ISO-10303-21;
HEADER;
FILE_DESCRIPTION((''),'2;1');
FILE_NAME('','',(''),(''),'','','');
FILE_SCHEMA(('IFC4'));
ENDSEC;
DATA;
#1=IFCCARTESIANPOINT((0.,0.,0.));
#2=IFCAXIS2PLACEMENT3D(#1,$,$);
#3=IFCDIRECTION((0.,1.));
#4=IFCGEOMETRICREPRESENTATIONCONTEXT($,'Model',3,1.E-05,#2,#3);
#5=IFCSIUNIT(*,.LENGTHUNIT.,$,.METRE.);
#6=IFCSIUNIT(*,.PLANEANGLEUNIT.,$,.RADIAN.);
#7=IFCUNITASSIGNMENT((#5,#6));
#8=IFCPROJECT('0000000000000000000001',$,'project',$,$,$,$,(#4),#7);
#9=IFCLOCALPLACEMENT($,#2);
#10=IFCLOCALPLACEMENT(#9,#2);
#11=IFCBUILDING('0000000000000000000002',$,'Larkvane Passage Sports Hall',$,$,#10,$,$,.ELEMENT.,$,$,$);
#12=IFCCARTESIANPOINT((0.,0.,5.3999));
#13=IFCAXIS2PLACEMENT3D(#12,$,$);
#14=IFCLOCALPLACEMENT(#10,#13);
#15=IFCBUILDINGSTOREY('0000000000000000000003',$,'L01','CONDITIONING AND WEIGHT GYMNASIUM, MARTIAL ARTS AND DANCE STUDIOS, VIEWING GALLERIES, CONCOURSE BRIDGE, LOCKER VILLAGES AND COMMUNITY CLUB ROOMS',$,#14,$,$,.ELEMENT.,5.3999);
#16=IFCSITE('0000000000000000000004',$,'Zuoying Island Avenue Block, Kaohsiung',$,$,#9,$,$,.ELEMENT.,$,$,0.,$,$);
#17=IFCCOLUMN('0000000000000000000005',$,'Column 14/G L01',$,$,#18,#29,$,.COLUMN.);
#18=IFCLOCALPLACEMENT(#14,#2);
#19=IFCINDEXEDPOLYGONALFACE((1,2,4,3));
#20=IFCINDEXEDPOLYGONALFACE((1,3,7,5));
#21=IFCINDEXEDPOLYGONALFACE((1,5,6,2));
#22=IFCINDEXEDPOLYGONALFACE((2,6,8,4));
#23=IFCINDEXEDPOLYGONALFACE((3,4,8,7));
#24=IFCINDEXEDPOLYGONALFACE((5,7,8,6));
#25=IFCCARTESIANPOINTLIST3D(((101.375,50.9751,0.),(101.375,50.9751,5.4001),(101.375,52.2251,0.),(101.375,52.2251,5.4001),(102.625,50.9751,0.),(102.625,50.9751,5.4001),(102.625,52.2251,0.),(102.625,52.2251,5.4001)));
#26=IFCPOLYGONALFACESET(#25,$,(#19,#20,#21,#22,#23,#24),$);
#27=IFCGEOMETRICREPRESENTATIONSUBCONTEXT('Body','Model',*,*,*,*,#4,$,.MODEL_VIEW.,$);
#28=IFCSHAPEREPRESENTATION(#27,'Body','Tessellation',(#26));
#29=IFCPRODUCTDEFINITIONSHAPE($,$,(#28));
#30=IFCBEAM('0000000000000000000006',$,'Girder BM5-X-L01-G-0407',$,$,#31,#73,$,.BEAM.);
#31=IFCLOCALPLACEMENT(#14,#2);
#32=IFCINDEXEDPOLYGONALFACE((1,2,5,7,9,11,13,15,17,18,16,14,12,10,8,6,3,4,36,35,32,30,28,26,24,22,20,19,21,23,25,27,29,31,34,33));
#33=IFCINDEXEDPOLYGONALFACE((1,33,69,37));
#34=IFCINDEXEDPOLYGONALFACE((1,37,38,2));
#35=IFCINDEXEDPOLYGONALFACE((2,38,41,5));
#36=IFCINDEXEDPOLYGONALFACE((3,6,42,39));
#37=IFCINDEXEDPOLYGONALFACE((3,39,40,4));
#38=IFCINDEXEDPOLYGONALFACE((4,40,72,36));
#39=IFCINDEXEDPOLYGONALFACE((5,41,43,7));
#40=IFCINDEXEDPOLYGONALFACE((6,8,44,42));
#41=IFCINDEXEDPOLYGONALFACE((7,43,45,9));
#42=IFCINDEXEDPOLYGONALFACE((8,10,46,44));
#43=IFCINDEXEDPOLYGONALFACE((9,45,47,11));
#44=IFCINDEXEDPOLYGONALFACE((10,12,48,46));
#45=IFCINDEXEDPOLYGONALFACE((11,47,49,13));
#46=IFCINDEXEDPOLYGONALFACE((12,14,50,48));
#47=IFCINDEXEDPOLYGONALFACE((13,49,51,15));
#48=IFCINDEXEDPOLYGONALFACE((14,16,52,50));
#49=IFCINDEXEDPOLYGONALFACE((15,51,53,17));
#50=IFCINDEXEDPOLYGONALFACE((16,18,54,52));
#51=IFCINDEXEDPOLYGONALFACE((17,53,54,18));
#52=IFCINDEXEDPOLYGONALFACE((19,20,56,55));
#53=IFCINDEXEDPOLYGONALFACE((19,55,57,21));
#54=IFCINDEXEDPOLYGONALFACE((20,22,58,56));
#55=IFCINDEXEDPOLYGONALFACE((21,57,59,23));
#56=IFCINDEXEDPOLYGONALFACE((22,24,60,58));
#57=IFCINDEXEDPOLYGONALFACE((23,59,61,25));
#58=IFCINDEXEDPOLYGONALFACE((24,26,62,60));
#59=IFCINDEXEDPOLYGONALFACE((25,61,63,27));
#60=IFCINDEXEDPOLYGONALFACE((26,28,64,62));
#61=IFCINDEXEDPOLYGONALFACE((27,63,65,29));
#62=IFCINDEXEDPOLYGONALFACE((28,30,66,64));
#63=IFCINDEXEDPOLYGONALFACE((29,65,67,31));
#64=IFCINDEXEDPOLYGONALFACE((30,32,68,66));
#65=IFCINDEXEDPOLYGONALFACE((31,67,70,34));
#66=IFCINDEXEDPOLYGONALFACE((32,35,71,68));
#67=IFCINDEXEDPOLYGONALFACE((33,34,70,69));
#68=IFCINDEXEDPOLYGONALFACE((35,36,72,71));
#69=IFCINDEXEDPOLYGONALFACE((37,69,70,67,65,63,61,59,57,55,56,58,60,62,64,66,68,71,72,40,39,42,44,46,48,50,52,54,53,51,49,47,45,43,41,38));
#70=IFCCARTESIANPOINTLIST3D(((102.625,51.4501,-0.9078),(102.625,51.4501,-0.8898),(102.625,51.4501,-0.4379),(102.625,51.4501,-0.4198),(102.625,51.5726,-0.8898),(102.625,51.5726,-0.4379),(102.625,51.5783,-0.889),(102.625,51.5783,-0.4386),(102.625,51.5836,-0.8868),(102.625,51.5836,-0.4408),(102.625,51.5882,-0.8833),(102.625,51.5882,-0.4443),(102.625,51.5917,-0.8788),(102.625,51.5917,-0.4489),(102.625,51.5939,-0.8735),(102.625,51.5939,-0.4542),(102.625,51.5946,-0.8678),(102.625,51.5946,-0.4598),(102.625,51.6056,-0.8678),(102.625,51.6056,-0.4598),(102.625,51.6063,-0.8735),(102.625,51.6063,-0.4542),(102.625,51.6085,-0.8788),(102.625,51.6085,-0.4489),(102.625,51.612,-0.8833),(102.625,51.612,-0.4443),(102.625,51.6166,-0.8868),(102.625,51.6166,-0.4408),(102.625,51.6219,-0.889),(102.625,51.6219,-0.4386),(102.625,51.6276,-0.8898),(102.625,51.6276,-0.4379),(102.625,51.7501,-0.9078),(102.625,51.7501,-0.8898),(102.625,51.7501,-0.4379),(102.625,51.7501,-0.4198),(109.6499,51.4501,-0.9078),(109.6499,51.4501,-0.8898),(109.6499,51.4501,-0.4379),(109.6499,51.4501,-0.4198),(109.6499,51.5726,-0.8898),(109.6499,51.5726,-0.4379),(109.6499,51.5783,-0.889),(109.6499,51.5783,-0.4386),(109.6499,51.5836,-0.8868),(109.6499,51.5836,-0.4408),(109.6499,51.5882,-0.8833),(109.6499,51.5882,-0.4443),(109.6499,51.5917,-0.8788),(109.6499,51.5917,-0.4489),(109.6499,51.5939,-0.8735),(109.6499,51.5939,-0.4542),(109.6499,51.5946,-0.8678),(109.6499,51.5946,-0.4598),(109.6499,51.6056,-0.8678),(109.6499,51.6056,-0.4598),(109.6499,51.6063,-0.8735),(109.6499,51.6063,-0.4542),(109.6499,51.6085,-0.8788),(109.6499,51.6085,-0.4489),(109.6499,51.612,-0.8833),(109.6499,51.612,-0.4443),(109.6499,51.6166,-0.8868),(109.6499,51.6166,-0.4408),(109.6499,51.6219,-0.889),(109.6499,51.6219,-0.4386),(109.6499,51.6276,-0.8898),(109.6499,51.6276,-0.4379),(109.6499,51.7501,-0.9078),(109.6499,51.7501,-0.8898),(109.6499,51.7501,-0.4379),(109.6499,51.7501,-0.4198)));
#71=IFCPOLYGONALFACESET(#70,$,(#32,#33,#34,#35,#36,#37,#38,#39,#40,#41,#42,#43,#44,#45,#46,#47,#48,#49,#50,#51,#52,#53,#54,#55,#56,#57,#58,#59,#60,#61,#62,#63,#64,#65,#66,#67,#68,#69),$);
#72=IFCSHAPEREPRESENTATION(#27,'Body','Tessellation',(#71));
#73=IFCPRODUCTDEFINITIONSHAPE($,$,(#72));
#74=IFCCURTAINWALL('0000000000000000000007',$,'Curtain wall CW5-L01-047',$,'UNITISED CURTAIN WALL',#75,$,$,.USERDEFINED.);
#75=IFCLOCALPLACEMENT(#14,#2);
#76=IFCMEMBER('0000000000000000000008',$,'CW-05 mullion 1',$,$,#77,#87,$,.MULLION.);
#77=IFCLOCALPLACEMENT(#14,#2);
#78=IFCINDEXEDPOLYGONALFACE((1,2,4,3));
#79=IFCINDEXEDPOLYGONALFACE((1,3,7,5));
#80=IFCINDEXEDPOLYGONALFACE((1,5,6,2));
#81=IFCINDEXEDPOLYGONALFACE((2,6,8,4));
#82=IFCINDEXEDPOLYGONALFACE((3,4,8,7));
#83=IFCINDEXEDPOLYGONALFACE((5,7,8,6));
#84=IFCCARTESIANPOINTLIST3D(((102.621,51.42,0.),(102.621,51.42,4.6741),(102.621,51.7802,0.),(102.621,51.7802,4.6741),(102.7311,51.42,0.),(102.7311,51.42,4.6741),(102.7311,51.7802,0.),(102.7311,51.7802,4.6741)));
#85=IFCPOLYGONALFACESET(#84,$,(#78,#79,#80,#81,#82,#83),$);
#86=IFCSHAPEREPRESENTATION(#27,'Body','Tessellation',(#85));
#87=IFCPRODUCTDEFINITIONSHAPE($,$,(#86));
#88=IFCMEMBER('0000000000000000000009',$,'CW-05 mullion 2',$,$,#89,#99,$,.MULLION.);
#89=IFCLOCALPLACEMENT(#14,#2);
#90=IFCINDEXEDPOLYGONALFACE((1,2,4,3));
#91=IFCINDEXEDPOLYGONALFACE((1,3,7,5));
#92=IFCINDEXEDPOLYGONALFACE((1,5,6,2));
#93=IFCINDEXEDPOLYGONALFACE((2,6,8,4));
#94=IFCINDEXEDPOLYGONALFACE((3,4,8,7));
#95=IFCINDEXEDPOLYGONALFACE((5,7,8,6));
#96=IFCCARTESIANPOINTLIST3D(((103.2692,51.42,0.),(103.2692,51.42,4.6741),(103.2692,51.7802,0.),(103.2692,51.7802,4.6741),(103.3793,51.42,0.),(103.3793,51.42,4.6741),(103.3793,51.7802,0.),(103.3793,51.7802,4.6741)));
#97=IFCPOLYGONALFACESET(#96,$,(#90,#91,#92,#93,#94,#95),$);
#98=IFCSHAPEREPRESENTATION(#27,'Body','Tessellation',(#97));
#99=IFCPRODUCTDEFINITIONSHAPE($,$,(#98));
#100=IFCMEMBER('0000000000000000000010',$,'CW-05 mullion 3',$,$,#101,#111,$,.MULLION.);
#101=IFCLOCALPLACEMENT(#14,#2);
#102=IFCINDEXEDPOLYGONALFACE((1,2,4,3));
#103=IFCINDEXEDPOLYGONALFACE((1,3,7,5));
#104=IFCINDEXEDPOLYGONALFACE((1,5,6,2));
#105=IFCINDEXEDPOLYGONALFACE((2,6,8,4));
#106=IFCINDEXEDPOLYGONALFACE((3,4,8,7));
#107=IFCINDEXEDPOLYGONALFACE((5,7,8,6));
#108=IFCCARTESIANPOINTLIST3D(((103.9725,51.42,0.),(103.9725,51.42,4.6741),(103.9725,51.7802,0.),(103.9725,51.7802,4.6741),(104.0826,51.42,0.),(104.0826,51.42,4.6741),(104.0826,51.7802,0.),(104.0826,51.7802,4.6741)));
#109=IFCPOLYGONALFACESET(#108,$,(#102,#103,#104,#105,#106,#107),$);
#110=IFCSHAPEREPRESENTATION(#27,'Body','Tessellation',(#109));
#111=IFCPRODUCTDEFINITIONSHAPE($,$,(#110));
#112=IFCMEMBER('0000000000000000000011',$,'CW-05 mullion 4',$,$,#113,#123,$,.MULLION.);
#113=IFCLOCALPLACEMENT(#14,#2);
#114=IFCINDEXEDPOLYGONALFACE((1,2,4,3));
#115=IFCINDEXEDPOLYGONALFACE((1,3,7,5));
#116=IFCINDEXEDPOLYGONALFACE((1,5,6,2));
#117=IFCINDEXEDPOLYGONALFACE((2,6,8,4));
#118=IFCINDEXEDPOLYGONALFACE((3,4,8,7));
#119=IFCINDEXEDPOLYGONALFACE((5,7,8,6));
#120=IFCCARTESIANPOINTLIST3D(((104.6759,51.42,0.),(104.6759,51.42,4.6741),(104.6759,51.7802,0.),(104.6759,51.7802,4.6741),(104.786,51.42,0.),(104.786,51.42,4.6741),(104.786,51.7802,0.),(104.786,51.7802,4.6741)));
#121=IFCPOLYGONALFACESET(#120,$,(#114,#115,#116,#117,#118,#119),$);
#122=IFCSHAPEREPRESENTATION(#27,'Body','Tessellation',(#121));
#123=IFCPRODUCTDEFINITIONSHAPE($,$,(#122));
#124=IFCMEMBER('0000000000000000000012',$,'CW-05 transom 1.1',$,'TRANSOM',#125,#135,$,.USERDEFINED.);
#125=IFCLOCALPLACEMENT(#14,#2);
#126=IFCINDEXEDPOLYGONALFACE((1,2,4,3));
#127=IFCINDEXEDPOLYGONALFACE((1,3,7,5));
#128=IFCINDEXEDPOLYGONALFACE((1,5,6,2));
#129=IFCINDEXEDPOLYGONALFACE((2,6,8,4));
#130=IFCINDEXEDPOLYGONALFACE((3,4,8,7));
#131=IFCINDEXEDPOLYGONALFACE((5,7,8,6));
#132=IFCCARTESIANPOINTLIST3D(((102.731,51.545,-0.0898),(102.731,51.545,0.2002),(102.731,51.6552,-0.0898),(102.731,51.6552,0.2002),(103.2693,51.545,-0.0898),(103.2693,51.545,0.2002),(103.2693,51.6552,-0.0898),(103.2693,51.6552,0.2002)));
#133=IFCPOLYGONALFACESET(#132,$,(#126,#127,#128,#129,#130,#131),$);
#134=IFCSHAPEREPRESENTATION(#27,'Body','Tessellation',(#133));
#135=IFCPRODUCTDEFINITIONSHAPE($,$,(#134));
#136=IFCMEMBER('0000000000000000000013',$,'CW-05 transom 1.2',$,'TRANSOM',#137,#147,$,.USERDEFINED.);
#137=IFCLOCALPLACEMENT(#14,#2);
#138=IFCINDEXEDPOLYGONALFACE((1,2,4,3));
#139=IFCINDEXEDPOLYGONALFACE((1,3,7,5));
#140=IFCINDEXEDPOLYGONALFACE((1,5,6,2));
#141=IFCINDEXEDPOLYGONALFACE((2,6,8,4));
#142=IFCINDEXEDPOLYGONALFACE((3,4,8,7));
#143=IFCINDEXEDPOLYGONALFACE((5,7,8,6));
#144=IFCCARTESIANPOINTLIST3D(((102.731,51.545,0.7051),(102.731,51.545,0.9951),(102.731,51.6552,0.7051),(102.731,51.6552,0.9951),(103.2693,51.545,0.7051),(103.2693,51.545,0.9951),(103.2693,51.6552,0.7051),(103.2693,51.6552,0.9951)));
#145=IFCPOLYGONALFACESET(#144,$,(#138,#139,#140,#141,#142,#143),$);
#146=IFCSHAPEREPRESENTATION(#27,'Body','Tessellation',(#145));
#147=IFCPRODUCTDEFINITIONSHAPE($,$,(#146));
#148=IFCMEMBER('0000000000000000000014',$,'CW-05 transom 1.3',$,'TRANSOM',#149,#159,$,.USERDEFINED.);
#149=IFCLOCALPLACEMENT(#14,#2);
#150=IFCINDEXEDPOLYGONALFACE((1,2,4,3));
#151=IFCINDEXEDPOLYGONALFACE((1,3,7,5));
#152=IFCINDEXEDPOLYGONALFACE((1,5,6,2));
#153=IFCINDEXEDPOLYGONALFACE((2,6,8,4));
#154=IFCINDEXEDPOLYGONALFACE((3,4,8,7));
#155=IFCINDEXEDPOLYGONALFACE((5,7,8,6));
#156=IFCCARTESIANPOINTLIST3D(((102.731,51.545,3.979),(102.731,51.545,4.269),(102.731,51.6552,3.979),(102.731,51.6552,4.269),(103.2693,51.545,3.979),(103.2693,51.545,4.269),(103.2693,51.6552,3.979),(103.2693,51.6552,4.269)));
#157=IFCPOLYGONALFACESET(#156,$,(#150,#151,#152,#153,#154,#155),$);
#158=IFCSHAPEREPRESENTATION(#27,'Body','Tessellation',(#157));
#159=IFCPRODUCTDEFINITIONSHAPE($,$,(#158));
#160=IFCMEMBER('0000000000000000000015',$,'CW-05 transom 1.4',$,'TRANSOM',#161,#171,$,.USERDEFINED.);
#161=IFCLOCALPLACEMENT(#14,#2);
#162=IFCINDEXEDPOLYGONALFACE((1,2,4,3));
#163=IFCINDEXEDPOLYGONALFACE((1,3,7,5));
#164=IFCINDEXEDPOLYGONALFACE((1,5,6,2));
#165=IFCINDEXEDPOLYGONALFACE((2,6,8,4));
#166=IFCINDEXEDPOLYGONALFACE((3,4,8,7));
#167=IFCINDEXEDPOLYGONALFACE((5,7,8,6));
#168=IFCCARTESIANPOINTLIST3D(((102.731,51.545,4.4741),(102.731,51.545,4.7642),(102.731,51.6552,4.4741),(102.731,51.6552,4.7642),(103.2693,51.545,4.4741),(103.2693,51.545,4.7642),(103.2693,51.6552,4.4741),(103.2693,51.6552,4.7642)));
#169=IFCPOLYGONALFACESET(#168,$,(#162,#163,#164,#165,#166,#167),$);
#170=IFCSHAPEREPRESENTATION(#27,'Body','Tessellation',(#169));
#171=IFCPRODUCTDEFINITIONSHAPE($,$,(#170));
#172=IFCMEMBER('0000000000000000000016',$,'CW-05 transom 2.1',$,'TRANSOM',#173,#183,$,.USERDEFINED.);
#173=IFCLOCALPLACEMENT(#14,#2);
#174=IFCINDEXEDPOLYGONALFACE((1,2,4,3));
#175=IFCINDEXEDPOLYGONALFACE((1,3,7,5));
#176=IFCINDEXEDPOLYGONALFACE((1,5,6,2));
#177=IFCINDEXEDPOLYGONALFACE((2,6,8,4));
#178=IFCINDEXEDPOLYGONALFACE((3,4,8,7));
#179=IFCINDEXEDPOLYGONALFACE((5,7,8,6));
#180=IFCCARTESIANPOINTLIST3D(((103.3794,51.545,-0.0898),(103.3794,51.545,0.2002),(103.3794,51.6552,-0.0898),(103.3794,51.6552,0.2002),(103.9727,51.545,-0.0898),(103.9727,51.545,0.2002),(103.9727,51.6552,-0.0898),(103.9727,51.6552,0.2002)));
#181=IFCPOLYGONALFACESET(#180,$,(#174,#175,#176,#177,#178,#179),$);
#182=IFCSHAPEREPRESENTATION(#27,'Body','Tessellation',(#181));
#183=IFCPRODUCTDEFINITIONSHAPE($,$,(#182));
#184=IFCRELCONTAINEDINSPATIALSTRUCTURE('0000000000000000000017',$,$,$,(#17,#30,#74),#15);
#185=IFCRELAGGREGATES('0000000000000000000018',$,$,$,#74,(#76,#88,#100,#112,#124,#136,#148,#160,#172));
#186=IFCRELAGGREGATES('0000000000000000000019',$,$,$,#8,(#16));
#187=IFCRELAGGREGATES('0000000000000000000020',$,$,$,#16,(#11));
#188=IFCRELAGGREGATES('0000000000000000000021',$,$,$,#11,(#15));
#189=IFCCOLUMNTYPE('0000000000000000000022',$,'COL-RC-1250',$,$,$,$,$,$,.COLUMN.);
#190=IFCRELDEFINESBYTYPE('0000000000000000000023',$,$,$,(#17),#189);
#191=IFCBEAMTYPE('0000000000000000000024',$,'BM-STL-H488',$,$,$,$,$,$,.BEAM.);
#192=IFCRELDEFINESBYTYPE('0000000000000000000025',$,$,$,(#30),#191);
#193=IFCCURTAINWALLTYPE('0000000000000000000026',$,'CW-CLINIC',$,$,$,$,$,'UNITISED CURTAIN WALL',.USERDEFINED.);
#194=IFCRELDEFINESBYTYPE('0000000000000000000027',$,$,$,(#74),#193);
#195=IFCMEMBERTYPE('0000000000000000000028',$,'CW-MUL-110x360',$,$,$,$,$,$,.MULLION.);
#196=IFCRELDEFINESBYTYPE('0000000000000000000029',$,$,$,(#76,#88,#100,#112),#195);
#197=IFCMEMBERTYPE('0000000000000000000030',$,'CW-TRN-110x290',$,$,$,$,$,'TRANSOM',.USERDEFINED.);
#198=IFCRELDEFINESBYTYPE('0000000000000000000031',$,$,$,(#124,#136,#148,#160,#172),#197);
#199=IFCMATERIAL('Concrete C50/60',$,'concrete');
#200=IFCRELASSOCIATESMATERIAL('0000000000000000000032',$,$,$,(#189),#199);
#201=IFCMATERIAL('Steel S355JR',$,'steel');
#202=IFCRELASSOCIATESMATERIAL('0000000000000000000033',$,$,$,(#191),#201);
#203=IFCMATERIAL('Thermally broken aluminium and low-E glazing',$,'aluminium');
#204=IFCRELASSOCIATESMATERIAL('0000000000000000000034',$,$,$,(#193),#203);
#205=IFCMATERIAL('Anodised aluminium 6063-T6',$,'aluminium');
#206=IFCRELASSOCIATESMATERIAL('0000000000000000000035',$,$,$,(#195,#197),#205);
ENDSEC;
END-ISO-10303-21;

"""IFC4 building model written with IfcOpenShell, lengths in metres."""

from ifc_helpers import new_model, si_unit, direction, frame, origin, origin_2d, place, context, subcontext, project, spatial, rectangle, i_section, extrude, material, material_profile, profile_set, type_object, element, aggregate, save


model = new_model("IFC4")

# Units and contexts
model_context = context("Model", 3, precision=1e-05, world=origin(), true_north=direction((0.0, 1.0)))
body_context = subcontext(model_context, "Body", "Model", "MODEL_VIEW")
ifc_project = project(units=[si_unit("LENGTHUNIT", "METRE"), si_unit("PLANEANGLEUNIT", "RADIAN")], contexts=[model_context])

# Site, building, storey
site_placement = place(None, origin())
site = spatial("IfcSite", under=ifc_project, at=site_placement, Name="Zuoying Island Avenue Block, Kaohsiung", CompositionType="ELEMENT", RefElevation=0.0)
building_placement = place(site_placement, origin())
building = spatial("IfcBuilding", under=site, at=building_placement, Name="Larkvane Passage Sports Hall", CompositionType="ELEMENT")
storey_placement = place(building_placement, frame((0.0, 0.0, 5.3999)))
storey = spatial("IfcBuildingStorey", under=building, at=storey_placement, Name="L01", Description="CONDITIONING AND WEIGHT GYMNASIUM, MARTIAL ARTS AND DANCE STUDIOS, VIEWING GALLERIES, CONCOURSE BRIDGE, LOCKER VILLAGES AND COMMUNITY CLUB ROOMS", CompositionType="ELEMENT", Elevation=5.3999)

# Column
ifc_material_1 = material(Name="Concrete C50/60", Category="concrete")
ifc_material_profile_1 = material_profile(ifc_material_1, rectangle(XDim=1.25, YDim=1.25, at=origin_2d()), Name="RC-COL-1250x1250")
ifc_profile_set_1 = profile_set([ifc_material_profile_1], Name="Concrete C50/60")
column_type = type_object("IfcColumnType", Name="COL-RC-1250", PredefinedType="COLUMN", material=ifc_profile_set_1)
column_placement = place(storey_placement, frame((102.0, 51.6001, 0.0), z_axis=(0.0, 0.0, 1.0), x_axis=(1.0, 0.0, 0.0)))
element("IfcColumn", 1, at=column_placement, inside=storey, type_object=column_type, Name="Column 14/G L01", PredefinedType="COLUMN", context=body_context, shape_type="SweptSolid", body=[
    extrude(rectangle(XDim=1.25, YDim=1.25, at=origin_2d()), origin(), (0.0, 0.0, 1.0), 5.4001),
])

# Beam
ifc_material_2 = material(Name="Steel S355JR", Category="steel")
ifc_material_profile_2 = material_profile(ifc_material_2, i_section(OverallWidth=0.3, OverallDepth=0.488, WebThickness=0.011, FlangeThickness=0.0181, FilletRadius=0.022, at=origin_2d()), Name="H-488x300x11x18")
ifc_profile_set_2 = profile_set([ifc_material_profile_2], Name="Steel S355JR")
beam_type = type_object("IfcBeamType", Name="BM-STL-H488", PredefinedType="BEAM", material=ifc_profile_set_2)
beam_placement = place(storey_placement, frame((102.625, 51.6001, -0.6638), z_axis=(1.0, 0.0, 0.0), x_axis=(0.0, 1.0, 0.0)))
element("IfcBeam", 2, at=beam_placement, inside=storey, type_object=beam_type, Name="Girder BM5-X-L01-G-0407", PredefinedType="BEAM", context=body_context, shape_type="SweptSolid", body=[
    extrude(i_section(OverallWidth=0.3, OverallDepth=0.488, WebThickness=0.011, FlangeThickness=0.0181, FilletRadius=0.022, at=origin_2d()), origin(), (0.0, 0.0, 1.0), 7.0249),
])

# Curtain wall, members
ifc_material_3 = material(Name="Thermally broken aluminium and low-E glazing", Category="aluminium")
curtain_wall_type = type_object("IfcCurtainWallType", Name="CW-CLINIC", ElementType="UNITISED CURTAIN WALL", PredefinedType="USERDEFINED", material=ifc_material_3)
curtain_wall_placement = place(storey_placement, origin())
curtain_wall = element("IfcCurtainWall", 3, at=curtain_wall_placement, inside=storey, type_object=curtain_wall_type, Name="Curtain wall CW5-L01-047", ObjectType="UNITISED CURTAIN WALL", PredefinedType="USERDEFINED")
ifc_material_4 = material(Name="Anodised aluminium 6063-T6", Category="aluminium")
ifc_material_profile_3 = material_profile(ifc_material_4, rectangle(XDim=0.1101, YDim=0.3601, at=origin_2d()), Name="ALU-MUL-110x360")
ifc_profile_set_3 = profile_set([ifc_material_profile_3], Name="Anodised aluminium 6063-T6")
member_type_1 = type_object("IfcMemberType", Name="CW-MUL-110x360", PredefinedType="MULLION", material=ifc_profile_set_3)
member_1_placement = place(storey_placement, frame((102.676, 51.6001, 0.0), z_axis=(0.0, 0.0, 1.0), x_axis=(1.0, 0.0, 0.0)))
member_1 = element("IfcMember", 4, at=member_1_placement, type_object=member_type_1, Name="CW-05 mullion 1", PredefinedType="MULLION", context=body_context, shape_type="SweptSolid", body=[
    extrude(rectangle(XDim=0.1101, YDim=0.3601, at=origin_2d()), origin(), (0.0, 0.0, 1.0), 4.6741),
])
member_2_placement = place(storey_placement, frame((103.3242, 51.6001, 0.0), z_axis=(0.0, 0.0, 1.0), x_axis=(1.0, 0.0, 0.0)))
member_2 = element("IfcMember", 5, at=member_2_placement, type_object=member_type_1, Name="CW-05 mullion 2", PredefinedType="MULLION", context=body_context, shape_type="SweptSolid", body=[
    extrude(rectangle(XDim=0.1101, YDim=0.3601, at=origin_2d()), origin(), (0.0, 0.0, 1.0), 4.6741),
])
member_3_placement = place(storey_placement, frame((104.0276, 51.6001, 0.0), z_axis=(0.0, 0.0, 1.0), x_axis=(1.0, 0.0, 0.0)))
member_3 = element("IfcMember", 6, at=member_3_placement, type_object=member_type_1, Name="CW-05 mullion 3", PredefinedType="MULLION", context=body_context, shape_type="SweptSolid", body=[
    extrude(rectangle(XDim=0.1101, YDim=0.3601, at=origin_2d()), origin(), (0.0, 0.0, 1.0), 4.6741),
])
member_4_placement = place(storey_placement, frame((104.731, 51.6001, 0.0), z_axis=(0.0, 0.0, 1.0), x_axis=(1.0, 0.0, 0.0)))
member_4 = element("IfcMember", 7, at=member_4_placement, type_object=member_type_1, Name="CW-05 mullion 4", PredefinedType="MULLION", context=body_context, shape_type="SweptSolid", body=[
    extrude(rectangle(XDim=0.1101, YDim=0.3601, at=origin_2d()), origin(), (0.0, 0.0, 1.0), 4.6741),
])
ifc_material_profile_4 = material_profile(ifc_material_4, rectangle(XDim=0.1101, YDim=0.29, at=origin_2d()), Name="ALU-TRN-110x290")
ifc_profile_set_4 = profile_set([ifc_material_profile_4], Name="Anodised aluminium 6063-T6")
member_type_2 = type_object("IfcMemberType", Name="CW-TRN-110x290", ElementType="TRANSOM", PredefinedType="USERDEFINED", material=ifc_profile_set_4)
member_5_placement = place(storey_placement, frame((102.731, 51.6001, 0.0552), z_axis=(1.0, 0.0, 0.0), x_axis=(0.0, 1.0, 0.0)))
member_5 = element("IfcMember", 8, at=member_5_placement, type_object=member_type_2, Name="CW-05 transom 1.1", ObjectType="TRANSOM", PredefinedType="USERDEFINED", context=body_context, shape_type="SweptSolid", body=[
    extrude(rectangle(XDim=0.1101, YDim=0.29, at=origin_2d()), origin(), (0.0, 0.0, 1.0), 0.5383),
])
member_6_placement = place(storey_placement, frame((102.731, 51.6001, 0.8501), z_axis=(1.0, 0.0, 0.0), x_axis=(0.0, 1.0, 0.0)))
member_6 = element("IfcMember", 9, at=member_6_placement, type_object=member_type_2, Name="CW-05 transom 1.2", ObjectType="TRANSOM", PredefinedType="USERDEFINED", context=body_context, shape_type="SweptSolid", body=[
    extrude(rectangle(XDim=0.1101, YDim=0.29, at=origin_2d()), origin(), (0.0, 0.0, 1.0), 0.5383),
])
member_7_placement = place(storey_placement, frame((102.731, 51.6001, 4.124), z_axis=(1.0, 0.0, 0.0), x_axis=(0.0, 1.0, 0.0)))
member_7 = element("IfcMember", 10, at=member_7_placement, type_object=member_type_2, Name="CW-05 transom 1.3", ObjectType="TRANSOM", PredefinedType="USERDEFINED", context=body_context, shape_type="SweptSolid", body=[
    extrude(rectangle(XDim=0.1101, YDim=0.29, at=origin_2d()), origin(), (0.0, 0.0, 1.0), 0.5383),
])
member_8_placement = place(storey_placement, frame((102.731, 51.6001, 4.6191), z_axis=(1.0, 0.0, 0.0), x_axis=(0.0, 1.0, 0.0)))
member_8 = element("IfcMember", 11, at=member_8_placement, type_object=member_type_2, Name="CW-05 transom 1.4", ObjectType="TRANSOM", PredefinedType="USERDEFINED", context=body_context, shape_type="SweptSolid", body=[
    extrude(rectangle(XDim=0.1101, YDim=0.29, at=origin_2d()), origin(), (0.0, 0.0, 1.0), 0.5383),
])
member_9_placement = place(storey_placement, frame((103.3794, 51.6001, 0.0552), z_axis=(1.0, 0.0, 0.0), x_axis=(0.0, 1.0, 0.0)))
member_9 = element("IfcMember", 12, at=member_9_placement, type_object=member_type_2, Name="CW-05 transom 2.1", ObjectType="TRANSOM", PredefinedType="USERDEFINED", context=body_context, shape_type="SweptSolid", body=[
    extrude(rectangle(XDim=0.1101, YDim=0.29, at=origin_2d()), origin(), (0.0, 0.0, 1.0), 0.5933),
])
aggregate(curtain_wall, [member_1, member_2, member_3, member_4, member_5, member_6, member_7, member_8, member_9])

save(model, "model.ifc")
